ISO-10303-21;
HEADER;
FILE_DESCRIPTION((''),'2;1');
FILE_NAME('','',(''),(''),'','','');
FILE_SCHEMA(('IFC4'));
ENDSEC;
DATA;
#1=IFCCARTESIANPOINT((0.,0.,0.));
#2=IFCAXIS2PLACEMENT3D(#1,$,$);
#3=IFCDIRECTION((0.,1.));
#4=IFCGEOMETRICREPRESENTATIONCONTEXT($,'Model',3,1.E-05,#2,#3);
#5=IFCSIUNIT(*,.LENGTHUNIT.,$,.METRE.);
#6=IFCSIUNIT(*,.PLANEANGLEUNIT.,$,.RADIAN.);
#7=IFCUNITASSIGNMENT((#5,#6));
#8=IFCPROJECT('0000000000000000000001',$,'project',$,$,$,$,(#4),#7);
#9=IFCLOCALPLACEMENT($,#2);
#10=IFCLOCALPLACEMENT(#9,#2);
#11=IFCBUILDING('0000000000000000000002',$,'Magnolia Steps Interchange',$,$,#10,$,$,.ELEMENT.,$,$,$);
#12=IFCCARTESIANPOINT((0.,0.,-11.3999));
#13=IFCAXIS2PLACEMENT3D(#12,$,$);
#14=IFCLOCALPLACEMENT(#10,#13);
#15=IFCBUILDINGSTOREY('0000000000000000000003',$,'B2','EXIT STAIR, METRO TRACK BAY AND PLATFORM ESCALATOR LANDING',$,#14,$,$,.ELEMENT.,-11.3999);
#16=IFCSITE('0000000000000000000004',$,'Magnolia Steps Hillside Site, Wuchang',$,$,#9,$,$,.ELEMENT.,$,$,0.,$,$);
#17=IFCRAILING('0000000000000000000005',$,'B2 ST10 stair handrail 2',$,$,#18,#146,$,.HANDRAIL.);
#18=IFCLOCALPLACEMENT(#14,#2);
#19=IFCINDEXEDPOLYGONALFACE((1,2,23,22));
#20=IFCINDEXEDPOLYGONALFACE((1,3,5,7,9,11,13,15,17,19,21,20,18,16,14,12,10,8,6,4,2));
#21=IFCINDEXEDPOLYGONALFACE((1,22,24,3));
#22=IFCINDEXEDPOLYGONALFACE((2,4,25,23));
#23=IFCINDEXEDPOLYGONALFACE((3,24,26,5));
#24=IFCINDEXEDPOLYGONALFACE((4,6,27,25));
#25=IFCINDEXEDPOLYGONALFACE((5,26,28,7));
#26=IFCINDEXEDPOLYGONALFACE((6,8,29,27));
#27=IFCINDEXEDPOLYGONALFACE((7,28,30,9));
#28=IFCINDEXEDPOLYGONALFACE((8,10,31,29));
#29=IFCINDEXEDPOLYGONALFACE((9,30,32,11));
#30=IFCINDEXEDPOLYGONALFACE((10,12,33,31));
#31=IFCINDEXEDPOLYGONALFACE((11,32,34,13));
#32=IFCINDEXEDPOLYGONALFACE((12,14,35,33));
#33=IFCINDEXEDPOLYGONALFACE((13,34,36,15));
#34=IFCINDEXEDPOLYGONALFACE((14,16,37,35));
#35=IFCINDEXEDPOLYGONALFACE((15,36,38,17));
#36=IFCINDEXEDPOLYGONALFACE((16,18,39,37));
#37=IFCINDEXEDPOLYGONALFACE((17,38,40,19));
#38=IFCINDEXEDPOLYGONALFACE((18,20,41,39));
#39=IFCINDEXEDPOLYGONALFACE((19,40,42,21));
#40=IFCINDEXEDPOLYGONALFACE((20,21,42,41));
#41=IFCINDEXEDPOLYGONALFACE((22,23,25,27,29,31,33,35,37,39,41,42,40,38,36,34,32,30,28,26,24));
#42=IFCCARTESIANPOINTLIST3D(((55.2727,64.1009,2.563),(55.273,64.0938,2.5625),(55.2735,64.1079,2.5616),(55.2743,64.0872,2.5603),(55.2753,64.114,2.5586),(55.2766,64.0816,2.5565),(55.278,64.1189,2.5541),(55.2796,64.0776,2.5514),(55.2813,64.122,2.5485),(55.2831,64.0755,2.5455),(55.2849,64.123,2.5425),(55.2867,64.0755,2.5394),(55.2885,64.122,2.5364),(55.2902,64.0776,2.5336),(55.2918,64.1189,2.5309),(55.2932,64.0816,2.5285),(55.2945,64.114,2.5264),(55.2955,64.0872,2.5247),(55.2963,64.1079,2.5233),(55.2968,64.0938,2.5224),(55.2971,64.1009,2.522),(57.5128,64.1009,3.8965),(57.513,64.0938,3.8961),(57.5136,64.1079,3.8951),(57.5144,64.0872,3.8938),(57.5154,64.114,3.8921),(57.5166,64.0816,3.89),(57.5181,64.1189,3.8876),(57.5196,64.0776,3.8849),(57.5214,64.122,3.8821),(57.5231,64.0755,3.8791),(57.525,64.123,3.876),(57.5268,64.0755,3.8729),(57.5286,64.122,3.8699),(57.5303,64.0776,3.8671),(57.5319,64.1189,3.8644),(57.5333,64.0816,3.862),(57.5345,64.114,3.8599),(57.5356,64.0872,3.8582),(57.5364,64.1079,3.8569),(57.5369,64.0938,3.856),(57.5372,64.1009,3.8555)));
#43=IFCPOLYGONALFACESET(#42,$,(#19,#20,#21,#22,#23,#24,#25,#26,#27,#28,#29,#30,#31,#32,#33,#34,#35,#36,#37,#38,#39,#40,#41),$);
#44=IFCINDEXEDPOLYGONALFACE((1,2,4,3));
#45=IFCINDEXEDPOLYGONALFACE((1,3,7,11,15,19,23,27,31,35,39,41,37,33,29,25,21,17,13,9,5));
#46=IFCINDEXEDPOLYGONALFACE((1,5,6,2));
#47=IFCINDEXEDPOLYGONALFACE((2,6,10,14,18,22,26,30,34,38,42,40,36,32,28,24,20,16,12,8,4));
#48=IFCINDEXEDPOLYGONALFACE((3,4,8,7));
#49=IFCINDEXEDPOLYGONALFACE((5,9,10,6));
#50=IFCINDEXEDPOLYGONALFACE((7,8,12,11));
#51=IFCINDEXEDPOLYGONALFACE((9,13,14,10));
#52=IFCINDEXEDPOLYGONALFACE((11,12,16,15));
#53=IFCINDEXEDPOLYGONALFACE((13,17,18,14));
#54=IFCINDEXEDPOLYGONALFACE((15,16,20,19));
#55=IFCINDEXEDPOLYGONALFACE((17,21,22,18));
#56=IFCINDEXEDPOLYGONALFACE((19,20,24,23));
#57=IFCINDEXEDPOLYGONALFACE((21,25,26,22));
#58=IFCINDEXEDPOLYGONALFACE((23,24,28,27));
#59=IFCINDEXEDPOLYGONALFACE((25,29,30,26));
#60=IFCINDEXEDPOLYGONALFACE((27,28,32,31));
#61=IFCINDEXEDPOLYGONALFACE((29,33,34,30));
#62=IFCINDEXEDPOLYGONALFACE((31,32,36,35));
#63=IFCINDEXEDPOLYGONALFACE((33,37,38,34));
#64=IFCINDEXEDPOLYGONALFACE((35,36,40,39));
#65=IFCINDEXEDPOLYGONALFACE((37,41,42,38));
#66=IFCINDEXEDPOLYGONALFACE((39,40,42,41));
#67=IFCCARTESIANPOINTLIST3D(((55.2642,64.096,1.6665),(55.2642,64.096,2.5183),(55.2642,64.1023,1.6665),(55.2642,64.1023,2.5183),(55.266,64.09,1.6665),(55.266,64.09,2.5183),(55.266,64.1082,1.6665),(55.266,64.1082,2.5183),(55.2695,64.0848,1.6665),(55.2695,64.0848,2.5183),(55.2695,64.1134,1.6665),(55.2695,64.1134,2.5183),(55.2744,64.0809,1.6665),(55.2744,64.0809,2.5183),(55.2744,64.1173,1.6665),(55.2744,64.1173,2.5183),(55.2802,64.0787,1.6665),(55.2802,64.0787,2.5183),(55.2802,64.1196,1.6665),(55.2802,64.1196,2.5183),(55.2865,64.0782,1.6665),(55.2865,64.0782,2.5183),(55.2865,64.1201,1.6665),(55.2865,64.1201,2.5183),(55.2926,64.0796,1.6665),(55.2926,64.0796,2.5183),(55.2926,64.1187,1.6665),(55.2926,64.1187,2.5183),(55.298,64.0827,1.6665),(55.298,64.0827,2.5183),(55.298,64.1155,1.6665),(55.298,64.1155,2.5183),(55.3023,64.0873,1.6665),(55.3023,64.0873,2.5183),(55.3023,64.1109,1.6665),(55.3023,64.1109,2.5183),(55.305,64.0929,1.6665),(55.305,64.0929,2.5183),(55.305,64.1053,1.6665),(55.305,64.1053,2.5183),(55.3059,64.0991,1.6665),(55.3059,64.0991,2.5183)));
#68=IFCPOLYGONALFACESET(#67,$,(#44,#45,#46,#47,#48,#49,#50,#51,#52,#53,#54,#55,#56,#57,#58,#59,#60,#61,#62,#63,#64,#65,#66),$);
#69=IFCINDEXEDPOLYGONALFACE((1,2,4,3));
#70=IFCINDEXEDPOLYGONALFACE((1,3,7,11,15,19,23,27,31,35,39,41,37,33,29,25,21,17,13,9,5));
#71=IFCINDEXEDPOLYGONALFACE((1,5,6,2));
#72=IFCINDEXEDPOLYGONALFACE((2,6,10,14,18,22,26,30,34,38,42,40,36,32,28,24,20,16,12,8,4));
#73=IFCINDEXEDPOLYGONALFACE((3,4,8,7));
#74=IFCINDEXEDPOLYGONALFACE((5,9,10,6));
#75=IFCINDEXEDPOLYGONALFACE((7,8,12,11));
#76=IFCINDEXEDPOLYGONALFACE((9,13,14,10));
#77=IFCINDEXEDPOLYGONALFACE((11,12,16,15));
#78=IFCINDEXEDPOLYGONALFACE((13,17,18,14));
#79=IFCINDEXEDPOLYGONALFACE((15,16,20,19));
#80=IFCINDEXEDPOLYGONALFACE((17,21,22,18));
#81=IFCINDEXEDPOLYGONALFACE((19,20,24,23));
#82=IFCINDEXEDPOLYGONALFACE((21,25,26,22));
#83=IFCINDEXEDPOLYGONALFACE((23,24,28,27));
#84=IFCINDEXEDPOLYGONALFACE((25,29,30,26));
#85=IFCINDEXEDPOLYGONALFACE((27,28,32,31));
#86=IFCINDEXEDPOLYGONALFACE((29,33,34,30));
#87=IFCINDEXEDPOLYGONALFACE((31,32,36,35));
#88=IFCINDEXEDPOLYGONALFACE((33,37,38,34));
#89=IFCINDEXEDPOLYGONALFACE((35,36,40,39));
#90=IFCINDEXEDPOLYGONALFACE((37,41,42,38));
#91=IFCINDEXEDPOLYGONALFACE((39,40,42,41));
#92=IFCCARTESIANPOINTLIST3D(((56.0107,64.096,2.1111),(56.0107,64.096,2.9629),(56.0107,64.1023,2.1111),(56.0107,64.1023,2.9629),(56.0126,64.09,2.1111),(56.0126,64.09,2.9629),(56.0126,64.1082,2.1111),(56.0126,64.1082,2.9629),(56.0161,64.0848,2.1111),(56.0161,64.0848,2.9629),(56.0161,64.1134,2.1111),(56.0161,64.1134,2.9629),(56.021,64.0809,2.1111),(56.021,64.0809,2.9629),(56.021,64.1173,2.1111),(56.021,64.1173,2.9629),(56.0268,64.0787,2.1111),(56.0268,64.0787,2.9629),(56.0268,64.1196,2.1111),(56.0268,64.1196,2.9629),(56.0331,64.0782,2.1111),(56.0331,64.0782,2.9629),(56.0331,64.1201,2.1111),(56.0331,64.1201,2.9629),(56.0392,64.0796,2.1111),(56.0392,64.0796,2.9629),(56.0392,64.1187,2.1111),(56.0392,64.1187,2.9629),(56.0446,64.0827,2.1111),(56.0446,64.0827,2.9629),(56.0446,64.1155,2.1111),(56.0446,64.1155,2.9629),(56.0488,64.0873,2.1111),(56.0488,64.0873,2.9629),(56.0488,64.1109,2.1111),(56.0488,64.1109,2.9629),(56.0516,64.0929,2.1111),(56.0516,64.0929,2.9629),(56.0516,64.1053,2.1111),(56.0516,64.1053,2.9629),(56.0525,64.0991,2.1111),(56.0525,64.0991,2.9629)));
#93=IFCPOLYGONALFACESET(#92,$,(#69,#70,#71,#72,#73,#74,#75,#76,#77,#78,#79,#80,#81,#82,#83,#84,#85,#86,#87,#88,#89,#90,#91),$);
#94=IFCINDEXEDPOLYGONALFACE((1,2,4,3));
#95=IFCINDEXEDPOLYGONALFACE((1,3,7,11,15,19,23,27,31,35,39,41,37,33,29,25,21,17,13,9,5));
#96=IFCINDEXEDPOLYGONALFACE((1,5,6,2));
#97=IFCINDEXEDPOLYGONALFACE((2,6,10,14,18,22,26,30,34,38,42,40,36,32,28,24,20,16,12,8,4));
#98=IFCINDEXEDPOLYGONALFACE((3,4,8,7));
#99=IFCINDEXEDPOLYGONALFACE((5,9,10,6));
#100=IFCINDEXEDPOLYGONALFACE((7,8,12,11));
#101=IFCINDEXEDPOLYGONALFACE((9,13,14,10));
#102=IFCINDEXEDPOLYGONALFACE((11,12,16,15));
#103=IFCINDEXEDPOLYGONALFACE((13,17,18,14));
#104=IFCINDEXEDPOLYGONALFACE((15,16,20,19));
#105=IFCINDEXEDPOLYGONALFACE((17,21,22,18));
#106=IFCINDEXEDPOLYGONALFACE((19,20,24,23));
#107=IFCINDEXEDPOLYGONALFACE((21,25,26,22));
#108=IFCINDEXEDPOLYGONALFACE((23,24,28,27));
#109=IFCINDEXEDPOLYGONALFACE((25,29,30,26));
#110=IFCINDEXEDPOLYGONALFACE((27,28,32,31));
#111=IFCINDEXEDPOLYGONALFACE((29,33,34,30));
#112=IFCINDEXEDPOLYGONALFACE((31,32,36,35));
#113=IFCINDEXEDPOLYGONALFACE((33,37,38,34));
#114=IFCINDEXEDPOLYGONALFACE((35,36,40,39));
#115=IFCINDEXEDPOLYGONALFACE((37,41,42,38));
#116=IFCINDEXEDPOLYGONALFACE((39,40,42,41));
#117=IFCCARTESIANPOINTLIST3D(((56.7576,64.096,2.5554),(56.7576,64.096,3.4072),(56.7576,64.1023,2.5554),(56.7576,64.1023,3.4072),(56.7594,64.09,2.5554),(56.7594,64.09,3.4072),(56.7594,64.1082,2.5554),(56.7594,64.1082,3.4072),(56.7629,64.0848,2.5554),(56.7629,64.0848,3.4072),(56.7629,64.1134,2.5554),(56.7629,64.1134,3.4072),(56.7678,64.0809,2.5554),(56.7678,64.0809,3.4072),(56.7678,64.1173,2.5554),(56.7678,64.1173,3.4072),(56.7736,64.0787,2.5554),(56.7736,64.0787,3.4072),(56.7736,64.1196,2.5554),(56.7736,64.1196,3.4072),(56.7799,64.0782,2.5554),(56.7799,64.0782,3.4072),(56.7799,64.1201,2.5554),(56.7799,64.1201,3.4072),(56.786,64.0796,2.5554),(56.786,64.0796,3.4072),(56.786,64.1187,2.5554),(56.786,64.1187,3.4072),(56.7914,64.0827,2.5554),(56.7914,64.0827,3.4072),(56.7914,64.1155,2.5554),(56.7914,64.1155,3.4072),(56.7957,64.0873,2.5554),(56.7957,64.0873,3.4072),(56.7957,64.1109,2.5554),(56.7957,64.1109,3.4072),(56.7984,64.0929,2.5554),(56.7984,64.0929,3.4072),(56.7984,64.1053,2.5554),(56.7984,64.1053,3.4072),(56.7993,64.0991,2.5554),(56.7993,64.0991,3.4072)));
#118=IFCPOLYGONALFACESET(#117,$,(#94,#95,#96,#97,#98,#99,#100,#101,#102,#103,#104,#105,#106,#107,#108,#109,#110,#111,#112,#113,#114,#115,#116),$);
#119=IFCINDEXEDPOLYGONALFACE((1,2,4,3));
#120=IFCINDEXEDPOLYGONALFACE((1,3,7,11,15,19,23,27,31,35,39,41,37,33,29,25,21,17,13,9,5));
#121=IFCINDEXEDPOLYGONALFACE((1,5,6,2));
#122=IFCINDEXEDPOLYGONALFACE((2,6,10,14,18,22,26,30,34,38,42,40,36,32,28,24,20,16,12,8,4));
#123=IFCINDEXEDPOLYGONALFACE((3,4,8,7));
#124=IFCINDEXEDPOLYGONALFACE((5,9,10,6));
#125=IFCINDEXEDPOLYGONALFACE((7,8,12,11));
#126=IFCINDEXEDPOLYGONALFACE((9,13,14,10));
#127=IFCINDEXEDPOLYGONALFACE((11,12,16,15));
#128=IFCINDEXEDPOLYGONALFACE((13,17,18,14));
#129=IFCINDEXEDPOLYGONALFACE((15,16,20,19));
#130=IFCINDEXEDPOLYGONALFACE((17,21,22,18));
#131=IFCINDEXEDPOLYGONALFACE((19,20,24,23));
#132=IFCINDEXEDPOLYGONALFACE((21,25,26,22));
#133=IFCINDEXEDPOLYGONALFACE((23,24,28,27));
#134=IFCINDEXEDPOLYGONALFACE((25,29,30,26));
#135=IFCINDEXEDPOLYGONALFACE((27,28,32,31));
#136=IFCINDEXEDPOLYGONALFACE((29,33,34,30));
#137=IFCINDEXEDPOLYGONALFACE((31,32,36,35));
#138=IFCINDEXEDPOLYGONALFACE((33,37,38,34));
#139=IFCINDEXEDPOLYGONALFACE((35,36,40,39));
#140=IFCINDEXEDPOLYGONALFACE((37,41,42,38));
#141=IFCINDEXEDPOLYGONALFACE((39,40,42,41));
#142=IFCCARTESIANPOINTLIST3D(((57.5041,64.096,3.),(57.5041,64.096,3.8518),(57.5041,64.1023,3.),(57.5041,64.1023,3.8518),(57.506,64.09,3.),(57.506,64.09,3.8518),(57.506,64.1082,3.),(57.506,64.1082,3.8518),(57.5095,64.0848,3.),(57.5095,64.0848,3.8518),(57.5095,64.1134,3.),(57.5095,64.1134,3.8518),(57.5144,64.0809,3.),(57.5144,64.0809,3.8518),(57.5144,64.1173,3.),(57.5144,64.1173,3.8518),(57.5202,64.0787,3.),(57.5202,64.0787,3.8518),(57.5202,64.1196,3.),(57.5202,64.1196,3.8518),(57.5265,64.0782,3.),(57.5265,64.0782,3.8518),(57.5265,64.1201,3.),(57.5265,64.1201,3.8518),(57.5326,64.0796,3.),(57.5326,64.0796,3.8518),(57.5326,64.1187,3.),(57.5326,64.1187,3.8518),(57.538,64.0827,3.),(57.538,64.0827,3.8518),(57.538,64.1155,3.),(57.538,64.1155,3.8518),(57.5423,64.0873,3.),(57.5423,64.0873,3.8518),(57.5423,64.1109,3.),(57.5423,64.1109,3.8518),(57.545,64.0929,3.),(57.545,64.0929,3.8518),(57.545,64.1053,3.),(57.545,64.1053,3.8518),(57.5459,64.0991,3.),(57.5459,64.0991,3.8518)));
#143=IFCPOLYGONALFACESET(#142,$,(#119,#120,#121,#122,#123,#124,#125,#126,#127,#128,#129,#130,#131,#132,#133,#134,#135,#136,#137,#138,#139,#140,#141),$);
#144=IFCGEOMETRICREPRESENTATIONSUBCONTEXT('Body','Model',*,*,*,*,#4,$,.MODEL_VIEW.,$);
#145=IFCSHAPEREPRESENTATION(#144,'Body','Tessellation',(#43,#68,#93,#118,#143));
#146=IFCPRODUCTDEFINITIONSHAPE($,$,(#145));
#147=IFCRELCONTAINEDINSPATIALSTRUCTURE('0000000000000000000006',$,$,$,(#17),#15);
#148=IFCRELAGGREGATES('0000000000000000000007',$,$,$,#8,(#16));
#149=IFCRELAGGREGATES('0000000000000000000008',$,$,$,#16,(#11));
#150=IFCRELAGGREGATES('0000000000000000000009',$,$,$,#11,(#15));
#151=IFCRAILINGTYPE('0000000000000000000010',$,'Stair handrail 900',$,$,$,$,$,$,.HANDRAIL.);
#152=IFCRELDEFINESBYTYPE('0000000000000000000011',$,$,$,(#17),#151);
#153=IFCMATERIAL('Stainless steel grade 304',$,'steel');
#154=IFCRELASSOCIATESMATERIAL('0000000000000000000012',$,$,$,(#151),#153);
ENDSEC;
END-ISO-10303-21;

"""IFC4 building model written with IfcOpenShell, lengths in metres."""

from ifc_helpers import new_model, si_unit, direction, frame, origin, origin_2d, place, context, subcontext, project, spatial, circle, extrude, material, type_object, element, save


model = new_model("IFC4")

# Units and contexts
model_context = context("Model", 3, precision=1e-05, world=origin(), true_north=direction((0.0, 1.0)))
body_context = subcontext(model_context, "Body", "Model", "MODEL_VIEW")
ifc_project = project(units=[si_unit("LENGTHUNIT", "METRE"), si_unit("PLANEANGLEUNIT", "RADIAN")], contexts=[model_context])

# Site, building, storey
site_placement = place(None, origin())
site = spatial("IfcSite", under=ifc_project, at=site_placement, Name="Magnolia Steps Hillside Site, Wuchang", CompositionType="ELEMENT", RefElevation=0.0)
building_placement = place(site_placement, origin())
building = spatial("IfcBuilding", under=site, at=building_placement, Name="Magnolia Steps Interchange", CompositionType="ELEMENT")
storey_placement = place(building_placement, frame((0.0, 0.0, -11.3999)))
storey = spatial("IfcBuildingStorey", under=building, at=storey_placement, Name="B2", Description="EXIT STAIR, METRO TRACK BAY AND PLATFORM ESCALATOR LANDING", CompositionType="ELEMENT", Elevation=-11.3999)

# Railing
ifc_material_1 = material(Name="Stainless steel grade 304", Category="steel")
railing_type_1 = type_object("IfcRailingType", Name="Stair handrail 900", PredefinedType="HANDRAIL", material=ifc_material_1)
for number, where, name in (
    (1, (55.2849, 64.0991, 1.6665), "B2 ST10 stair handrail 2"),
):
    element("IfcRailing", number, at=place(storey_placement, frame(where)), inside=storey, type_object=railing_type_1, Name=name, PredefinedType="HANDRAIL", context=body_context, shape_type="SweptSolid", body=[
        extrude(circle(Radius=0.0239, at=origin_2d()), frame((0.0, 0.0, 0.876), z_axis=(0.859264, 0.0, 0.511532), x_axis=(0.0, 1.0, 0.0)), (0.0, 0.0, 1.0), 2.6069),
        extrude(circle(Radius=0.021, at=origin_2d()), origin(), (0.0, 0.0, 1.0), 0.8518),
        extrude(circle(Radius=0.021, at=origin_2d()), frame((0.7466, 0.0, 0.4446)), (0.0, 0.0, 1.0), 0.8518),
        extrude(circle(Radius=0.021, at=origin_2d()), frame((1.4934, 0.0, 0.8889)), (0.0, 0.0, 1.0), 0.8518),
        extrude(circle(Radius=0.021, at=origin_2d()), frame((2.24, 0.0, 1.3335)), (0.0, 0.0, 1.0), 0.8518),
    ])

save(model, "model.ifc")
